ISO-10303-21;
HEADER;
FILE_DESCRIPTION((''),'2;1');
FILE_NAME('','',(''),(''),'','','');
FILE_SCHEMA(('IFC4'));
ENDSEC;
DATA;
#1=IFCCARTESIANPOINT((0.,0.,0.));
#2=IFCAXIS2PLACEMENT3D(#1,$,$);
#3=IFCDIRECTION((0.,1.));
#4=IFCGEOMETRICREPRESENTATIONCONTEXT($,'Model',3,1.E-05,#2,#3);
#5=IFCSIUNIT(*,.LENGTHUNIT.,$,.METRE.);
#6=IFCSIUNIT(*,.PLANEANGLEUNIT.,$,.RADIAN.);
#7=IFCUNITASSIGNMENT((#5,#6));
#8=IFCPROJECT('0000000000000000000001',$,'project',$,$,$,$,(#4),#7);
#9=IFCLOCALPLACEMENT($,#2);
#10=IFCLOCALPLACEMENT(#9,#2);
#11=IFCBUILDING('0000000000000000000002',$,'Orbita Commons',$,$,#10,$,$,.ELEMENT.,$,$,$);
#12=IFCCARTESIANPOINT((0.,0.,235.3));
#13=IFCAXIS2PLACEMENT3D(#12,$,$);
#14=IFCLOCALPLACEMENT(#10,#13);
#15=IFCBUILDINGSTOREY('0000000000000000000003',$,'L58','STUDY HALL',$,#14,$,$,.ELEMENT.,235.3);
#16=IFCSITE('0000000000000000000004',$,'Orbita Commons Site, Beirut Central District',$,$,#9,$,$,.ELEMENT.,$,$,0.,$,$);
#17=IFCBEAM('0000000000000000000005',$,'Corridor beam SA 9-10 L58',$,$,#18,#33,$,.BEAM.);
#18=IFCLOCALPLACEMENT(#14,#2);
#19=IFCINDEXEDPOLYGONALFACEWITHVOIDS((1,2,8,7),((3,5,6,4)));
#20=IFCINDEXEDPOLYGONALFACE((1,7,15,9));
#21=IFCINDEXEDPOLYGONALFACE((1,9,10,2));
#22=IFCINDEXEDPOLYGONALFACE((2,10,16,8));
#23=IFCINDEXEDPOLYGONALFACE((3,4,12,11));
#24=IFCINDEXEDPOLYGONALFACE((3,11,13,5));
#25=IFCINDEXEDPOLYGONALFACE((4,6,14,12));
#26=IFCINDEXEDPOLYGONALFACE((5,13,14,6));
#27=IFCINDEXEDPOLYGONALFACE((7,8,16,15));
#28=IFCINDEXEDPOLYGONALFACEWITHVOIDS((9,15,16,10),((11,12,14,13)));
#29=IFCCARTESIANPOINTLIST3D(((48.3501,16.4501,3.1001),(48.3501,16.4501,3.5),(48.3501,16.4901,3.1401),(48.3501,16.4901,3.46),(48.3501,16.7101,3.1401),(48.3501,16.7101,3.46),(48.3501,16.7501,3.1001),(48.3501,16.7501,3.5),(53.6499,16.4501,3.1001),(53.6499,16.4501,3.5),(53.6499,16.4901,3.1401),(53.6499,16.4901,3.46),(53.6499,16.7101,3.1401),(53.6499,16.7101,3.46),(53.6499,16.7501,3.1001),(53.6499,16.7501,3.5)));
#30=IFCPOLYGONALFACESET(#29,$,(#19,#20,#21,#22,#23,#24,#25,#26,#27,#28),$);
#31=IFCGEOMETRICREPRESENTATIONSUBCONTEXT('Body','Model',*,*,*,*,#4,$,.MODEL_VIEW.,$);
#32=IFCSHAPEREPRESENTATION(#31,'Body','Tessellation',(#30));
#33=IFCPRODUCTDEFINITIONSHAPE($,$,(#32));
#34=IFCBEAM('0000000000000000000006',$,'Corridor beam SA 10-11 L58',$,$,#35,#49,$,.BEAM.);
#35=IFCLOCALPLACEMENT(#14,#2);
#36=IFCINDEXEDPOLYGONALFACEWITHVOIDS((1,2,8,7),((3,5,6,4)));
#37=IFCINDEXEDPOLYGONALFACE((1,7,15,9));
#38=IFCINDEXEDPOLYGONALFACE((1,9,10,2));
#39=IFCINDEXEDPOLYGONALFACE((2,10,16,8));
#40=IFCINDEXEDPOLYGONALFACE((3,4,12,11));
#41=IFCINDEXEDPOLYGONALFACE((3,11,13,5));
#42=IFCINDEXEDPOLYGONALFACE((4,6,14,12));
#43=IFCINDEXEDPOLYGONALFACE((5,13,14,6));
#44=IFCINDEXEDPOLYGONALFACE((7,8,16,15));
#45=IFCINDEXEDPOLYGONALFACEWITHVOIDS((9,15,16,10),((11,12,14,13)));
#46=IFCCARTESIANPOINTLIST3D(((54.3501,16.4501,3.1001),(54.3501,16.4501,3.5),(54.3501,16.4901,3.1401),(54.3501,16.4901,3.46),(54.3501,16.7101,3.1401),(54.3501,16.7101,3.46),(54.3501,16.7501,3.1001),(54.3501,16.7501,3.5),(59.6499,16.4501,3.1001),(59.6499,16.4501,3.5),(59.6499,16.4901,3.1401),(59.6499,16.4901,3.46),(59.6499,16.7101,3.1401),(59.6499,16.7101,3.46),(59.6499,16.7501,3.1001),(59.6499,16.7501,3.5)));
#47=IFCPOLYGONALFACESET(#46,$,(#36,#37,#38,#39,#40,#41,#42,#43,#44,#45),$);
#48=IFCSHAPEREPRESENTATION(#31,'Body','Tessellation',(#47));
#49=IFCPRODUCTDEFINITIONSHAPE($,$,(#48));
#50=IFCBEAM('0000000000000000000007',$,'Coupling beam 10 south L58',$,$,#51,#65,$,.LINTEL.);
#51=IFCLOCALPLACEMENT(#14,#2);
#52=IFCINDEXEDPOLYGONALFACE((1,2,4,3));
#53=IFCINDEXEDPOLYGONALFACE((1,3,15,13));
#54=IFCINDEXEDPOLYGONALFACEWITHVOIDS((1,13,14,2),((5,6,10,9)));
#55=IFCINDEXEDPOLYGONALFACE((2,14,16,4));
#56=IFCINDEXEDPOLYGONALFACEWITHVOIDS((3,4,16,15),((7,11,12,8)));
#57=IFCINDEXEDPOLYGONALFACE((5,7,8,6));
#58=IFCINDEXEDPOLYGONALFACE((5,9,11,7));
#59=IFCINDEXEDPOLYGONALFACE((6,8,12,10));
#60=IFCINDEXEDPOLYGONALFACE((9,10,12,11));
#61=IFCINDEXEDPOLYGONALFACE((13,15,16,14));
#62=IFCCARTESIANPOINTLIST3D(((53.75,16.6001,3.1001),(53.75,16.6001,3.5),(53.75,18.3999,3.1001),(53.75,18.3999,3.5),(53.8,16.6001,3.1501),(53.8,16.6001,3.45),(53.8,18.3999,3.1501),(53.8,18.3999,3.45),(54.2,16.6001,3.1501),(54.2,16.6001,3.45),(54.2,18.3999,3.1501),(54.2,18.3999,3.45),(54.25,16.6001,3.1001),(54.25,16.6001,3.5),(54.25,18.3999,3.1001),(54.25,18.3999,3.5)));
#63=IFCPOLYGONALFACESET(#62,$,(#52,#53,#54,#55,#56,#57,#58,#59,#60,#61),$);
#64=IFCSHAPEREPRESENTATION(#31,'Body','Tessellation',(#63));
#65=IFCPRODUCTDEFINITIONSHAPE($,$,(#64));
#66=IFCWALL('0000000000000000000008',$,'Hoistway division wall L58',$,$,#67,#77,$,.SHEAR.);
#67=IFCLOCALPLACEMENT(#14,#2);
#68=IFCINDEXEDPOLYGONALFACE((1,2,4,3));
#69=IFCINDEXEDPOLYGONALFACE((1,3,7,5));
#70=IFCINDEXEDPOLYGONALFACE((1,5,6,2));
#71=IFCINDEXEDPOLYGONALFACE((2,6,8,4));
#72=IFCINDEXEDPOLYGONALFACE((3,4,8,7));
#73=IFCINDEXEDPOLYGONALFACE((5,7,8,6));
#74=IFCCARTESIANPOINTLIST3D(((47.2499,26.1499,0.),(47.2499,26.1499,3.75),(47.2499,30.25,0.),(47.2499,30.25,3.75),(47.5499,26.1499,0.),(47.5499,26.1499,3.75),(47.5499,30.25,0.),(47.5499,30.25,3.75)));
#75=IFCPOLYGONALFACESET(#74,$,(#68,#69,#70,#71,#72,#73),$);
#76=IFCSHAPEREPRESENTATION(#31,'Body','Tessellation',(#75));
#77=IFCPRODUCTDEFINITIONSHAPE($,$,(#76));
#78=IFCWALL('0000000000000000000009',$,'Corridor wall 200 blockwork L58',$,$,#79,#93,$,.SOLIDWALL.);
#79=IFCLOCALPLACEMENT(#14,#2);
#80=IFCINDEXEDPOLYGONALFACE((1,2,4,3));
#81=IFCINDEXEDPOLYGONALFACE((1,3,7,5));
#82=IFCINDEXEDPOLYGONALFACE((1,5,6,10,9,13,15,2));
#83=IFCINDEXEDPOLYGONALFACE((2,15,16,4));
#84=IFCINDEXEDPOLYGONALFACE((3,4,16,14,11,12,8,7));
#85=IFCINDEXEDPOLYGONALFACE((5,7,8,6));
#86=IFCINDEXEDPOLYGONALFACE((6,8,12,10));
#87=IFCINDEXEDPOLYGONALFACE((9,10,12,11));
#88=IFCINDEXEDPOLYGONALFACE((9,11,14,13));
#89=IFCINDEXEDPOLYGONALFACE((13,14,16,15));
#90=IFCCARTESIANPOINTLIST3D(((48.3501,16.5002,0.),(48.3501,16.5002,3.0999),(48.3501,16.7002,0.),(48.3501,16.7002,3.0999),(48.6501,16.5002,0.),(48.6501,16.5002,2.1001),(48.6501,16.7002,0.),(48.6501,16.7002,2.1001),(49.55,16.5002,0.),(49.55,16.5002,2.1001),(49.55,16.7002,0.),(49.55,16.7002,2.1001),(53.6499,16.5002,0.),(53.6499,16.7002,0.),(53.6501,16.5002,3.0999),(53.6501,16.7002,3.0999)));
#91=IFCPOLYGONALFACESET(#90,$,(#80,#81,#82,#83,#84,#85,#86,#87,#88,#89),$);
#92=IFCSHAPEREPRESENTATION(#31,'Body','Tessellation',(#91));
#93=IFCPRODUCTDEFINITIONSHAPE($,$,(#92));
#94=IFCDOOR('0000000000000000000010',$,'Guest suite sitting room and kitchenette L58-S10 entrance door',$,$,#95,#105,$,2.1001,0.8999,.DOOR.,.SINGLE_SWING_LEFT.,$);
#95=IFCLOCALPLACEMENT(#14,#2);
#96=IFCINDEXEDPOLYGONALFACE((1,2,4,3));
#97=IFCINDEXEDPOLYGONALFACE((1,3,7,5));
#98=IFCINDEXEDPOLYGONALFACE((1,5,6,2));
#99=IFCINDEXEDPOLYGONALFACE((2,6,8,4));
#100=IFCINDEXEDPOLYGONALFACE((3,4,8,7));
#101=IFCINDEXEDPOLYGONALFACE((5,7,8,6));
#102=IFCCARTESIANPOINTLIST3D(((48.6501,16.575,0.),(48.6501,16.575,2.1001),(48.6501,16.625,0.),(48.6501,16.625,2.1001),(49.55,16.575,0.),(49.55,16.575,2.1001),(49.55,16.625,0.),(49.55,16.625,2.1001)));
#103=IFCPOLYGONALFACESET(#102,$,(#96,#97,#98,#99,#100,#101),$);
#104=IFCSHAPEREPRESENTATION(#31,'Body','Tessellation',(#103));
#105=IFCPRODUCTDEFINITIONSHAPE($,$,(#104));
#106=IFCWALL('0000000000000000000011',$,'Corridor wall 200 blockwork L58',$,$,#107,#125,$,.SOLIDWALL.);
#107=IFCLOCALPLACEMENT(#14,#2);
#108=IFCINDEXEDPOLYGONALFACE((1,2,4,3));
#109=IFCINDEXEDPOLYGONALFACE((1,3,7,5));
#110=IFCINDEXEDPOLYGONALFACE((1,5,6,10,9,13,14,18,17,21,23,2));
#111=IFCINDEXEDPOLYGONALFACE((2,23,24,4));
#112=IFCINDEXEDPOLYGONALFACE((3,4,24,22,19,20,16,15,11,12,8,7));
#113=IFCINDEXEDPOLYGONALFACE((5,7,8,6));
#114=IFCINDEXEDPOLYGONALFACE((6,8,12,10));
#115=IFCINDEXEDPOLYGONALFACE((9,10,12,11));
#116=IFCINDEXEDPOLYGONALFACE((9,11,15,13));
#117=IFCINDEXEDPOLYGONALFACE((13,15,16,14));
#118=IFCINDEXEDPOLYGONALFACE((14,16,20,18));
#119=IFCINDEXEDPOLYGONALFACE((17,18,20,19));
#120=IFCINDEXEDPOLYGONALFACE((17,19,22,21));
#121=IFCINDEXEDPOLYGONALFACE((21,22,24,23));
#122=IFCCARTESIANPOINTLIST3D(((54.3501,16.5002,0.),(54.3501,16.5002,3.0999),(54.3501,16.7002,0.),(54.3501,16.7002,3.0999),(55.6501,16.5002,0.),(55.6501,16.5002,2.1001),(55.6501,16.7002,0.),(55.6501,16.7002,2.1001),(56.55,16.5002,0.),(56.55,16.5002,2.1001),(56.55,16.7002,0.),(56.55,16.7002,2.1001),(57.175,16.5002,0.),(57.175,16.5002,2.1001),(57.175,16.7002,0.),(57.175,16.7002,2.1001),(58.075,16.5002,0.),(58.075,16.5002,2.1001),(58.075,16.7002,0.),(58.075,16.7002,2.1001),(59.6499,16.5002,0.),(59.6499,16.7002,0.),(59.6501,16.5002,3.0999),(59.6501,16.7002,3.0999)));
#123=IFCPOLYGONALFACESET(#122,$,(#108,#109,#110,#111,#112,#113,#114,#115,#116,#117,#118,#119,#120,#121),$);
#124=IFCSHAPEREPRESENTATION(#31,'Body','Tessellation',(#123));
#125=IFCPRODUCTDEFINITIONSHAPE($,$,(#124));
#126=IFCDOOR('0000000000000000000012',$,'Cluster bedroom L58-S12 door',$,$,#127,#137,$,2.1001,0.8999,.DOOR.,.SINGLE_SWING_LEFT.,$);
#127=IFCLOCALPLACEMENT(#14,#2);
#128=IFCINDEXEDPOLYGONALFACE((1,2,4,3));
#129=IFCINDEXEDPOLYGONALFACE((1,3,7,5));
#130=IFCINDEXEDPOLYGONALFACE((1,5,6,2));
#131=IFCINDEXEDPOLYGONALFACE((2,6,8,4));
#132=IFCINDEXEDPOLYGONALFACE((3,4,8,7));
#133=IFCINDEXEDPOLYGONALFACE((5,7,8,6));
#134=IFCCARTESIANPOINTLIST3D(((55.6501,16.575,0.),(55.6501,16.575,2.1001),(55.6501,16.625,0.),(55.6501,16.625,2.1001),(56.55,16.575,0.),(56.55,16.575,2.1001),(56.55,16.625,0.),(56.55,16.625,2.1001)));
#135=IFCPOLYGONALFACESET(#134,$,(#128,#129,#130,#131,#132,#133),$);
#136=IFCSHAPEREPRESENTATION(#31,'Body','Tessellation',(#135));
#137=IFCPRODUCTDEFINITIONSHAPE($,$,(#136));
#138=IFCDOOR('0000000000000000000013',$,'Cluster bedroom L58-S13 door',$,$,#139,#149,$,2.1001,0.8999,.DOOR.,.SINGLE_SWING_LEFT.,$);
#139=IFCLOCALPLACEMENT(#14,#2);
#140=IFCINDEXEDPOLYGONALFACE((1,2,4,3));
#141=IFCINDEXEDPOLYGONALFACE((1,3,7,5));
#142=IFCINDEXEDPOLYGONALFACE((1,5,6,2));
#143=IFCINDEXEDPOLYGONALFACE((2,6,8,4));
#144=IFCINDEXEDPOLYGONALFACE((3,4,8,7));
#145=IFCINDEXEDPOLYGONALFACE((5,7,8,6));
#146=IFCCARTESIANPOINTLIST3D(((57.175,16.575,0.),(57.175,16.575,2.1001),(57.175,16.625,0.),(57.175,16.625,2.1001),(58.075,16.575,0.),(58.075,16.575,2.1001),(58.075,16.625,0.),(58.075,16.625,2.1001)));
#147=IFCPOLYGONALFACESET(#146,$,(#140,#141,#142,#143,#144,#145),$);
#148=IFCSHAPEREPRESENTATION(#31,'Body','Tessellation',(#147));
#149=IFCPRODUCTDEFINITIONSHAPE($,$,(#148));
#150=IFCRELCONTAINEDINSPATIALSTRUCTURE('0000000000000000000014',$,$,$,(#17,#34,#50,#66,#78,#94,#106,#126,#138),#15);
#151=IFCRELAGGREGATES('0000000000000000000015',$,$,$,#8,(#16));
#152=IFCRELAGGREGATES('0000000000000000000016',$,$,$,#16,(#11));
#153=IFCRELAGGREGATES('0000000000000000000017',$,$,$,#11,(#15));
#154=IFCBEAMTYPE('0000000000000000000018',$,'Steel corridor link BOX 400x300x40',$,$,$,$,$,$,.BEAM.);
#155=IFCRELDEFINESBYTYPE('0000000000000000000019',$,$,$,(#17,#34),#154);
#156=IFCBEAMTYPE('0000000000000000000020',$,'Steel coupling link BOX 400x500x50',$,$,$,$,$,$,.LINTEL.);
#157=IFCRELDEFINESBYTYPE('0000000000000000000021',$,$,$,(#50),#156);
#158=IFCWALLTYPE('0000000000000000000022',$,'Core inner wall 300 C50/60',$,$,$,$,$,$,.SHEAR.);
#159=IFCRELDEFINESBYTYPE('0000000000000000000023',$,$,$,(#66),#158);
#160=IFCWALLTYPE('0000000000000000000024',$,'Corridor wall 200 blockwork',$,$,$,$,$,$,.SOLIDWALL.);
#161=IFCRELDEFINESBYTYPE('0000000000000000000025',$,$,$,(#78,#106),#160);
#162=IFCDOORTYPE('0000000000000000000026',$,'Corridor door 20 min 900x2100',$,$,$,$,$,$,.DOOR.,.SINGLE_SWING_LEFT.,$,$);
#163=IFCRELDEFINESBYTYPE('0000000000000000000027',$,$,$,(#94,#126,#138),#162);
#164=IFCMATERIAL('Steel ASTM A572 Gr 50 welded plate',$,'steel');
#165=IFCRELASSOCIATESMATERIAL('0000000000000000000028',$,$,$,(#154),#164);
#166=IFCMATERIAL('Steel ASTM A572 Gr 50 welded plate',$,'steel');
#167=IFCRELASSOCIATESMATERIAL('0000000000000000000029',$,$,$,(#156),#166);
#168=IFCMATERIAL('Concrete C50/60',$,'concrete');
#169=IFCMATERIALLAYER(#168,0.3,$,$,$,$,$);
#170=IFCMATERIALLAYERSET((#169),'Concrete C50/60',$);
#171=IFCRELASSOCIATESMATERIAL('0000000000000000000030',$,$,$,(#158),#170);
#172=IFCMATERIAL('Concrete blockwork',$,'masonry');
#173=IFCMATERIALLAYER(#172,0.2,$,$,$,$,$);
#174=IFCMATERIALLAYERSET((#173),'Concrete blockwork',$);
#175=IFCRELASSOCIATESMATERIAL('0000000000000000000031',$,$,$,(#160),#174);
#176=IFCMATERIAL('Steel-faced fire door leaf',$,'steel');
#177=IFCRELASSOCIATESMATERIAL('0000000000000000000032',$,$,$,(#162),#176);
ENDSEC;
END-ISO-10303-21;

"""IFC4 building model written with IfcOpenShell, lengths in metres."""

from ifc_helpers import new_model, si_unit, direction, frame, frame_2d, origin, origin_2d, place, context, subcontext, project, spatial, polyline, rectangle, hollow_rectangle, outline, extrude, material, layer, layer_set, material_profile, profile_set, type_object, element, fill, save


model = new_model("IFC4")

# Units and contexts
model_context = context("Model", 3, precision=1e-05, world=origin(), true_north=direction((0.0, 1.0)))
body_context = subcontext(model_context, "Body", "Model", "MODEL_VIEW")
ifc_project = project(units=[si_unit("LENGTHUNIT", "METRE"), si_unit("PLANEANGLEUNIT", "RADIAN")], contexts=[model_context])

# Site, building, storey
site_placement = place(None, origin())
site = spatial("IfcSite", under=ifc_project, at=site_placement, Name="Orbita Commons Site, Beirut Central District", CompositionType="ELEMENT", RefElevation=0.0)
building_placement = place(site_placement, origin())
building = spatial("IfcBuilding", under=site, at=building_placement, Name="Orbita Commons", CompositionType="ELEMENT")
storey_placement = place(building_placement, frame((0.0, 0.0, 235.3)))
storey = spatial("IfcBuildingStorey", under=building, at=storey_placement, Name="L58", Description="STUDY HALL", CompositionType="ELEMENT", Elevation=235.3)

# Beams
ifc_material_1 = material(Name="Steel ASTM A572 Gr 50 welded plate", Category="steel")
ifc_material_profile_1 = material_profile(ifc_material_1, hollow_rectangle(XDim=0.3, YDim=0.3999, WallThickness=0.04, at=origin_2d()), Name="BOX 400x300x40")
ifc_profile_set_1 = profile_set([ifc_material_profile_1], Name="Steel ASTM A572 Gr 50 welded plate")
beam_type_1 = type_object("IfcBeamType", Name="Steel corridor link BOX 400x300x40", PredefinedType="BEAM", material=ifc_profile_set_1)
for number, where, z_axis, x_axis, name in (
    (1, (48.3501, 16.6001, 3.3), (1.0, 0.0, 0.0), (0.0, 1.0, 0.0), "Corridor beam SA 9-10 L58"),
    (2, (54.3501, 16.6001, 3.3), (1.0, 0.0, 0.0), (0.0, 1.0, 0.0), "Corridor beam SA 10-11 L58"),
):
    element("IfcBeam", number, at=place(storey_placement, frame(where, z_axis=z_axis, x_axis=x_axis)), inside=storey, type_object=beam_type_1, Name=name, PredefinedType="BEAM", context=body_context, shape_type="SweptSolid", body=[
        extrude(hollow_rectangle(XDim=0.3, YDim=0.3999, WallThickness=0.04, at=origin_2d()), origin(), (0.0, 0.0, 1.0), 5.2998),
    ])
ifc_material_2 = material(Name="Steel ASTM A572 Gr 50 welded plate", Category="steel")
ifc_material_profile_2 = material_profile(ifc_material_2, hollow_rectangle(XDim=0.5, YDim=0.3999, WallThickness=0.05, at=origin_2d()), Name="BOX 400x500x50")
ifc_profile_set_2 = profile_set([ifc_material_profile_2], Name="Steel ASTM A572 Gr 50 welded plate")
beam_type_2 = type_object("IfcBeamType", Name="Steel coupling link BOX 400x500x50", PredefinedType="LINTEL", material=ifc_profile_set_2)
beam_placement = place(storey_placement, frame((54.0, 16.6001, 3.3), z_axis=(0.0, 1.0, 0.0), x_axis=(-1.0, 0.0, 0.0)))
element("IfcBeam", 3, at=beam_placement, inside=storey, type_object=beam_type_2, Name="Coupling beam 10 south L58", PredefinedType="LINTEL", context=body_context, shape_type="SweptSolid", body=[
    extrude(hollow_rectangle(XDim=0.5, YDim=0.3999, WallThickness=0.05, at=origin_2d()), origin(), (0.0, 0.0, 1.0), 1.7998),
])

# Wall
ifc_material_3 = material(Name="Concrete C50/60", Category="concrete")
ifc_layer_1 = layer(ifc_material_3, 0.3)
ifc_layer_set_1 = layer_set([ifc_layer_1], Name="Concrete C50/60")
wall_type_1 = type_object("IfcWallType", Name="Core inner wall 300 C50/60", PredefinedType="SHEAR", material=ifc_layer_set_1)
wall_1_placement = place(storey_placement, frame((47.3999, 26.1499, 0.0), z_axis=(0.0, 0.0, 1.0), x_axis=(0.0, 1.0, 0.0)))
element("IfcWall", 4, at=wall_1_placement, inside=storey, type_object=wall_type_1, Name="Hoistway division wall L58", PredefinedType="SHEAR", context=body_context, shape_type="SweptSolid", body=[
    extrude(rectangle(XDim=4.1001, YDim=0.3, at=frame_2d((2.05, 0.0))), origin(), (0.0, 0.0, 1.0), 3.75),
])

# Wall, opening, door
ifc_material_4 = material(Name="Concrete blockwork", Category="masonry")
ifc_layer_2 = layer(ifc_material_4, 0.2)
ifc_layer_set_2 = layer_set([ifc_layer_2], Name="Concrete blockwork")
wall_type_2 = type_object("IfcWallType", Name="Corridor wall 200 blockwork", PredefinedType="SOLIDWALL", material=ifc_layer_set_2)
wall_2_placement = place(storey_placement, frame((48.3501, 16.6001, 0.0), z_axis=(0.0, 0.0, 1.0), x_axis=(1.0, 0.0, 0.0)))
wall_2 = element("IfcWall", 5, at=wall_2_placement, inside=storey, type_object=wall_type_2, Name="Corridor wall 200 blockwork L58", PredefinedType="SOLIDWALL", context=body_context, shape_type="SweptSolid", body=[
    extrude(outline(polyline([(0.0, 0.0), (5.2998, 0.0), (5.3, 3.0999), (0.0, 3.0999), (0.0, 0.0)])), frame((0.0, 0.1001, 0.0), z_axis=(0.0, -1.0, 0.0), x_axis=(1.0, 0.0, 0.0)), (0.0, 0.0, 1.0), 0.2),
])
opening_1_placement = place(wall_2_placement, frame((0.3, 0.0, 0.0)))
opening_1 = element("IfcOpeningElement", 6, at=opening_1_placement, cuts=wall_2, PredefinedType="OPENING", context=body_context, shape_type="SweptSolid", body=[
    extrude(rectangle(XDim=0.8999, YDim=2.1001, at=frame_2d((0.45, 1.05))), frame((0.0, 0.1099, 0.0), z_axis=(0.0, -1.0, 0.0), x_axis=(1.0, 0.0, 0.0)), (0.0, 0.0, 1.0), 0.22),
])
ifc_material_5 = material(Name="Steel-faced fire door leaf", Category="steel")
door_type_1 = type_object("IfcDoorType", Name="Corridor door 20 min 900x2100", OperationType="SINGLE_SWING_LEFT", PredefinedType="DOOR", material=ifc_material_5)
door_1_placement = place(opening_1_placement, origin())
door_1 = element("IfcDoor", 7, at=door_1_placement, inside=storey, type_object=door_type_1, Name="Guest suite sitting room and kitchenette L58-S10 entrance door", OperationType="SINGLE_SWING_LEFT", OverallHeight=2.1001, OverallWidth=0.8999, PredefinedType="DOOR", context=body_context, shape_type="SweptSolid", body=[
    extrude(rectangle(XDim=0.8999, YDim=2.1001, at=frame_2d((0.45, 1.05))), frame((0.0, 0.0249, 0.0), z_axis=(0.0, -1.0, 0.0), x_axis=(1.0, 0.0, 0.0)), (0.0, 0.0, 1.0), 0.05),
])
fill(opening_1, door_1)

# Wall, openings, doors
wall_3_placement = place(storey_placement, frame((54.3501, 16.6001, 0.0), z_axis=(0.0, 0.0, 1.0), x_axis=(1.0, 0.0, 0.0)))
wall_3 = element("IfcWall", 8, at=wall_3_placement, inside=storey, type_object=wall_type_2, Name="Corridor wall 200 blockwork L58", PredefinedType="SOLIDWALL", context=body_context, shape_type="SweptSolid", body=[
    extrude(outline(polyline([(0.0, 0.0), (5.2998, 0.0), (5.3, 3.0999), (0.0, 3.0999), (0.0, 0.0)])), frame((0.0, 0.1001, 0.0), z_axis=(0.0, -1.0, 0.0), x_axis=(1.0, 0.0, 0.0)), (0.0, 0.0, 1.0), 0.2),
])
opening_2_placement = place(wall_3_placement, frame((1.3, 0.0, 0.0)))
opening_2 = element("IfcOpeningElement", 9, at=opening_2_placement, cuts=wall_3, PredefinedType="OPENING", context=body_context, shape_type="SweptSolid", body=[
    extrude(rectangle(XDim=0.8999, YDim=2.1001, at=frame_2d((0.45, 1.05))), frame((0.0, 0.1099, 0.0), z_axis=(0.0, -1.0, 0.0), x_axis=(1.0, 0.0, 0.0)), (0.0, 0.0, 1.0), 0.22),
])
opening_3_placement = place(wall_3_placement, frame((2.825, 0.0, 0.0)))
opening_3 = element("IfcOpeningElement", 10, at=opening_3_placement, cuts=wall_3, PredefinedType="OPENING", context=body_context, shape_type="SweptSolid", body=[
    extrude(rectangle(XDim=0.8999, YDim=2.1001, at=frame_2d((0.45, 1.05))), frame((0.0, 0.1099, 0.0), z_axis=(0.0, -1.0, 0.0), x_axis=(1.0, 0.0, 0.0)), (0.0, 0.0, 1.0), 0.22),
])
door_2_placement = place(opening_2_placement, origin())
door_2 = element("IfcDoor", 11, at=door_2_placement, inside=storey, type_object=door_type_1, Name="Cluster bedroom L58-S12 door", OperationType="SINGLE_SWING_LEFT", OverallHeight=2.1001, OverallWidth=0.8999, PredefinedType="DOOR", context=body_context, shape_type="SweptSolid", body=[
    extrude(rectangle(XDim=0.8999, YDim=2.1001, at=frame_2d((0.45, 1.05))), frame((0.0, 0.0249, 0.0), z_axis=(0.0, -1.0, 0.0), x_axis=(1.0, 0.0, 0.0)), (0.0, 0.0, 1.0), 0.05),
])
fill(opening_2, door_2)
door_3_placement = place(opening_3_placement, origin())
door_3 = element("IfcDoor", 12, at=door_3_placement, inside=storey, type_object=door_type_1, Name="Cluster bedroom L58-S13 door", OperationType="SINGLE_SWING_LEFT", OverallHeight=2.1001, OverallWidth=0.8999, PredefinedType="DOOR", context=body_context, shape_type="SweptSolid", body=[
    extrude(rectangle(XDim=0.8999, YDim=2.1001, at=frame_2d((0.45, 1.05))), frame((0.0, 0.0249, 0.0), z_axis=(0.0, -1.0, 0.0), x_axis=(1.0, 0.0, 0.0)), (0.0, 0.0, 1.0), 0.05),
])
fill(opening_3, door_3)

save(model, "model.ifc")
